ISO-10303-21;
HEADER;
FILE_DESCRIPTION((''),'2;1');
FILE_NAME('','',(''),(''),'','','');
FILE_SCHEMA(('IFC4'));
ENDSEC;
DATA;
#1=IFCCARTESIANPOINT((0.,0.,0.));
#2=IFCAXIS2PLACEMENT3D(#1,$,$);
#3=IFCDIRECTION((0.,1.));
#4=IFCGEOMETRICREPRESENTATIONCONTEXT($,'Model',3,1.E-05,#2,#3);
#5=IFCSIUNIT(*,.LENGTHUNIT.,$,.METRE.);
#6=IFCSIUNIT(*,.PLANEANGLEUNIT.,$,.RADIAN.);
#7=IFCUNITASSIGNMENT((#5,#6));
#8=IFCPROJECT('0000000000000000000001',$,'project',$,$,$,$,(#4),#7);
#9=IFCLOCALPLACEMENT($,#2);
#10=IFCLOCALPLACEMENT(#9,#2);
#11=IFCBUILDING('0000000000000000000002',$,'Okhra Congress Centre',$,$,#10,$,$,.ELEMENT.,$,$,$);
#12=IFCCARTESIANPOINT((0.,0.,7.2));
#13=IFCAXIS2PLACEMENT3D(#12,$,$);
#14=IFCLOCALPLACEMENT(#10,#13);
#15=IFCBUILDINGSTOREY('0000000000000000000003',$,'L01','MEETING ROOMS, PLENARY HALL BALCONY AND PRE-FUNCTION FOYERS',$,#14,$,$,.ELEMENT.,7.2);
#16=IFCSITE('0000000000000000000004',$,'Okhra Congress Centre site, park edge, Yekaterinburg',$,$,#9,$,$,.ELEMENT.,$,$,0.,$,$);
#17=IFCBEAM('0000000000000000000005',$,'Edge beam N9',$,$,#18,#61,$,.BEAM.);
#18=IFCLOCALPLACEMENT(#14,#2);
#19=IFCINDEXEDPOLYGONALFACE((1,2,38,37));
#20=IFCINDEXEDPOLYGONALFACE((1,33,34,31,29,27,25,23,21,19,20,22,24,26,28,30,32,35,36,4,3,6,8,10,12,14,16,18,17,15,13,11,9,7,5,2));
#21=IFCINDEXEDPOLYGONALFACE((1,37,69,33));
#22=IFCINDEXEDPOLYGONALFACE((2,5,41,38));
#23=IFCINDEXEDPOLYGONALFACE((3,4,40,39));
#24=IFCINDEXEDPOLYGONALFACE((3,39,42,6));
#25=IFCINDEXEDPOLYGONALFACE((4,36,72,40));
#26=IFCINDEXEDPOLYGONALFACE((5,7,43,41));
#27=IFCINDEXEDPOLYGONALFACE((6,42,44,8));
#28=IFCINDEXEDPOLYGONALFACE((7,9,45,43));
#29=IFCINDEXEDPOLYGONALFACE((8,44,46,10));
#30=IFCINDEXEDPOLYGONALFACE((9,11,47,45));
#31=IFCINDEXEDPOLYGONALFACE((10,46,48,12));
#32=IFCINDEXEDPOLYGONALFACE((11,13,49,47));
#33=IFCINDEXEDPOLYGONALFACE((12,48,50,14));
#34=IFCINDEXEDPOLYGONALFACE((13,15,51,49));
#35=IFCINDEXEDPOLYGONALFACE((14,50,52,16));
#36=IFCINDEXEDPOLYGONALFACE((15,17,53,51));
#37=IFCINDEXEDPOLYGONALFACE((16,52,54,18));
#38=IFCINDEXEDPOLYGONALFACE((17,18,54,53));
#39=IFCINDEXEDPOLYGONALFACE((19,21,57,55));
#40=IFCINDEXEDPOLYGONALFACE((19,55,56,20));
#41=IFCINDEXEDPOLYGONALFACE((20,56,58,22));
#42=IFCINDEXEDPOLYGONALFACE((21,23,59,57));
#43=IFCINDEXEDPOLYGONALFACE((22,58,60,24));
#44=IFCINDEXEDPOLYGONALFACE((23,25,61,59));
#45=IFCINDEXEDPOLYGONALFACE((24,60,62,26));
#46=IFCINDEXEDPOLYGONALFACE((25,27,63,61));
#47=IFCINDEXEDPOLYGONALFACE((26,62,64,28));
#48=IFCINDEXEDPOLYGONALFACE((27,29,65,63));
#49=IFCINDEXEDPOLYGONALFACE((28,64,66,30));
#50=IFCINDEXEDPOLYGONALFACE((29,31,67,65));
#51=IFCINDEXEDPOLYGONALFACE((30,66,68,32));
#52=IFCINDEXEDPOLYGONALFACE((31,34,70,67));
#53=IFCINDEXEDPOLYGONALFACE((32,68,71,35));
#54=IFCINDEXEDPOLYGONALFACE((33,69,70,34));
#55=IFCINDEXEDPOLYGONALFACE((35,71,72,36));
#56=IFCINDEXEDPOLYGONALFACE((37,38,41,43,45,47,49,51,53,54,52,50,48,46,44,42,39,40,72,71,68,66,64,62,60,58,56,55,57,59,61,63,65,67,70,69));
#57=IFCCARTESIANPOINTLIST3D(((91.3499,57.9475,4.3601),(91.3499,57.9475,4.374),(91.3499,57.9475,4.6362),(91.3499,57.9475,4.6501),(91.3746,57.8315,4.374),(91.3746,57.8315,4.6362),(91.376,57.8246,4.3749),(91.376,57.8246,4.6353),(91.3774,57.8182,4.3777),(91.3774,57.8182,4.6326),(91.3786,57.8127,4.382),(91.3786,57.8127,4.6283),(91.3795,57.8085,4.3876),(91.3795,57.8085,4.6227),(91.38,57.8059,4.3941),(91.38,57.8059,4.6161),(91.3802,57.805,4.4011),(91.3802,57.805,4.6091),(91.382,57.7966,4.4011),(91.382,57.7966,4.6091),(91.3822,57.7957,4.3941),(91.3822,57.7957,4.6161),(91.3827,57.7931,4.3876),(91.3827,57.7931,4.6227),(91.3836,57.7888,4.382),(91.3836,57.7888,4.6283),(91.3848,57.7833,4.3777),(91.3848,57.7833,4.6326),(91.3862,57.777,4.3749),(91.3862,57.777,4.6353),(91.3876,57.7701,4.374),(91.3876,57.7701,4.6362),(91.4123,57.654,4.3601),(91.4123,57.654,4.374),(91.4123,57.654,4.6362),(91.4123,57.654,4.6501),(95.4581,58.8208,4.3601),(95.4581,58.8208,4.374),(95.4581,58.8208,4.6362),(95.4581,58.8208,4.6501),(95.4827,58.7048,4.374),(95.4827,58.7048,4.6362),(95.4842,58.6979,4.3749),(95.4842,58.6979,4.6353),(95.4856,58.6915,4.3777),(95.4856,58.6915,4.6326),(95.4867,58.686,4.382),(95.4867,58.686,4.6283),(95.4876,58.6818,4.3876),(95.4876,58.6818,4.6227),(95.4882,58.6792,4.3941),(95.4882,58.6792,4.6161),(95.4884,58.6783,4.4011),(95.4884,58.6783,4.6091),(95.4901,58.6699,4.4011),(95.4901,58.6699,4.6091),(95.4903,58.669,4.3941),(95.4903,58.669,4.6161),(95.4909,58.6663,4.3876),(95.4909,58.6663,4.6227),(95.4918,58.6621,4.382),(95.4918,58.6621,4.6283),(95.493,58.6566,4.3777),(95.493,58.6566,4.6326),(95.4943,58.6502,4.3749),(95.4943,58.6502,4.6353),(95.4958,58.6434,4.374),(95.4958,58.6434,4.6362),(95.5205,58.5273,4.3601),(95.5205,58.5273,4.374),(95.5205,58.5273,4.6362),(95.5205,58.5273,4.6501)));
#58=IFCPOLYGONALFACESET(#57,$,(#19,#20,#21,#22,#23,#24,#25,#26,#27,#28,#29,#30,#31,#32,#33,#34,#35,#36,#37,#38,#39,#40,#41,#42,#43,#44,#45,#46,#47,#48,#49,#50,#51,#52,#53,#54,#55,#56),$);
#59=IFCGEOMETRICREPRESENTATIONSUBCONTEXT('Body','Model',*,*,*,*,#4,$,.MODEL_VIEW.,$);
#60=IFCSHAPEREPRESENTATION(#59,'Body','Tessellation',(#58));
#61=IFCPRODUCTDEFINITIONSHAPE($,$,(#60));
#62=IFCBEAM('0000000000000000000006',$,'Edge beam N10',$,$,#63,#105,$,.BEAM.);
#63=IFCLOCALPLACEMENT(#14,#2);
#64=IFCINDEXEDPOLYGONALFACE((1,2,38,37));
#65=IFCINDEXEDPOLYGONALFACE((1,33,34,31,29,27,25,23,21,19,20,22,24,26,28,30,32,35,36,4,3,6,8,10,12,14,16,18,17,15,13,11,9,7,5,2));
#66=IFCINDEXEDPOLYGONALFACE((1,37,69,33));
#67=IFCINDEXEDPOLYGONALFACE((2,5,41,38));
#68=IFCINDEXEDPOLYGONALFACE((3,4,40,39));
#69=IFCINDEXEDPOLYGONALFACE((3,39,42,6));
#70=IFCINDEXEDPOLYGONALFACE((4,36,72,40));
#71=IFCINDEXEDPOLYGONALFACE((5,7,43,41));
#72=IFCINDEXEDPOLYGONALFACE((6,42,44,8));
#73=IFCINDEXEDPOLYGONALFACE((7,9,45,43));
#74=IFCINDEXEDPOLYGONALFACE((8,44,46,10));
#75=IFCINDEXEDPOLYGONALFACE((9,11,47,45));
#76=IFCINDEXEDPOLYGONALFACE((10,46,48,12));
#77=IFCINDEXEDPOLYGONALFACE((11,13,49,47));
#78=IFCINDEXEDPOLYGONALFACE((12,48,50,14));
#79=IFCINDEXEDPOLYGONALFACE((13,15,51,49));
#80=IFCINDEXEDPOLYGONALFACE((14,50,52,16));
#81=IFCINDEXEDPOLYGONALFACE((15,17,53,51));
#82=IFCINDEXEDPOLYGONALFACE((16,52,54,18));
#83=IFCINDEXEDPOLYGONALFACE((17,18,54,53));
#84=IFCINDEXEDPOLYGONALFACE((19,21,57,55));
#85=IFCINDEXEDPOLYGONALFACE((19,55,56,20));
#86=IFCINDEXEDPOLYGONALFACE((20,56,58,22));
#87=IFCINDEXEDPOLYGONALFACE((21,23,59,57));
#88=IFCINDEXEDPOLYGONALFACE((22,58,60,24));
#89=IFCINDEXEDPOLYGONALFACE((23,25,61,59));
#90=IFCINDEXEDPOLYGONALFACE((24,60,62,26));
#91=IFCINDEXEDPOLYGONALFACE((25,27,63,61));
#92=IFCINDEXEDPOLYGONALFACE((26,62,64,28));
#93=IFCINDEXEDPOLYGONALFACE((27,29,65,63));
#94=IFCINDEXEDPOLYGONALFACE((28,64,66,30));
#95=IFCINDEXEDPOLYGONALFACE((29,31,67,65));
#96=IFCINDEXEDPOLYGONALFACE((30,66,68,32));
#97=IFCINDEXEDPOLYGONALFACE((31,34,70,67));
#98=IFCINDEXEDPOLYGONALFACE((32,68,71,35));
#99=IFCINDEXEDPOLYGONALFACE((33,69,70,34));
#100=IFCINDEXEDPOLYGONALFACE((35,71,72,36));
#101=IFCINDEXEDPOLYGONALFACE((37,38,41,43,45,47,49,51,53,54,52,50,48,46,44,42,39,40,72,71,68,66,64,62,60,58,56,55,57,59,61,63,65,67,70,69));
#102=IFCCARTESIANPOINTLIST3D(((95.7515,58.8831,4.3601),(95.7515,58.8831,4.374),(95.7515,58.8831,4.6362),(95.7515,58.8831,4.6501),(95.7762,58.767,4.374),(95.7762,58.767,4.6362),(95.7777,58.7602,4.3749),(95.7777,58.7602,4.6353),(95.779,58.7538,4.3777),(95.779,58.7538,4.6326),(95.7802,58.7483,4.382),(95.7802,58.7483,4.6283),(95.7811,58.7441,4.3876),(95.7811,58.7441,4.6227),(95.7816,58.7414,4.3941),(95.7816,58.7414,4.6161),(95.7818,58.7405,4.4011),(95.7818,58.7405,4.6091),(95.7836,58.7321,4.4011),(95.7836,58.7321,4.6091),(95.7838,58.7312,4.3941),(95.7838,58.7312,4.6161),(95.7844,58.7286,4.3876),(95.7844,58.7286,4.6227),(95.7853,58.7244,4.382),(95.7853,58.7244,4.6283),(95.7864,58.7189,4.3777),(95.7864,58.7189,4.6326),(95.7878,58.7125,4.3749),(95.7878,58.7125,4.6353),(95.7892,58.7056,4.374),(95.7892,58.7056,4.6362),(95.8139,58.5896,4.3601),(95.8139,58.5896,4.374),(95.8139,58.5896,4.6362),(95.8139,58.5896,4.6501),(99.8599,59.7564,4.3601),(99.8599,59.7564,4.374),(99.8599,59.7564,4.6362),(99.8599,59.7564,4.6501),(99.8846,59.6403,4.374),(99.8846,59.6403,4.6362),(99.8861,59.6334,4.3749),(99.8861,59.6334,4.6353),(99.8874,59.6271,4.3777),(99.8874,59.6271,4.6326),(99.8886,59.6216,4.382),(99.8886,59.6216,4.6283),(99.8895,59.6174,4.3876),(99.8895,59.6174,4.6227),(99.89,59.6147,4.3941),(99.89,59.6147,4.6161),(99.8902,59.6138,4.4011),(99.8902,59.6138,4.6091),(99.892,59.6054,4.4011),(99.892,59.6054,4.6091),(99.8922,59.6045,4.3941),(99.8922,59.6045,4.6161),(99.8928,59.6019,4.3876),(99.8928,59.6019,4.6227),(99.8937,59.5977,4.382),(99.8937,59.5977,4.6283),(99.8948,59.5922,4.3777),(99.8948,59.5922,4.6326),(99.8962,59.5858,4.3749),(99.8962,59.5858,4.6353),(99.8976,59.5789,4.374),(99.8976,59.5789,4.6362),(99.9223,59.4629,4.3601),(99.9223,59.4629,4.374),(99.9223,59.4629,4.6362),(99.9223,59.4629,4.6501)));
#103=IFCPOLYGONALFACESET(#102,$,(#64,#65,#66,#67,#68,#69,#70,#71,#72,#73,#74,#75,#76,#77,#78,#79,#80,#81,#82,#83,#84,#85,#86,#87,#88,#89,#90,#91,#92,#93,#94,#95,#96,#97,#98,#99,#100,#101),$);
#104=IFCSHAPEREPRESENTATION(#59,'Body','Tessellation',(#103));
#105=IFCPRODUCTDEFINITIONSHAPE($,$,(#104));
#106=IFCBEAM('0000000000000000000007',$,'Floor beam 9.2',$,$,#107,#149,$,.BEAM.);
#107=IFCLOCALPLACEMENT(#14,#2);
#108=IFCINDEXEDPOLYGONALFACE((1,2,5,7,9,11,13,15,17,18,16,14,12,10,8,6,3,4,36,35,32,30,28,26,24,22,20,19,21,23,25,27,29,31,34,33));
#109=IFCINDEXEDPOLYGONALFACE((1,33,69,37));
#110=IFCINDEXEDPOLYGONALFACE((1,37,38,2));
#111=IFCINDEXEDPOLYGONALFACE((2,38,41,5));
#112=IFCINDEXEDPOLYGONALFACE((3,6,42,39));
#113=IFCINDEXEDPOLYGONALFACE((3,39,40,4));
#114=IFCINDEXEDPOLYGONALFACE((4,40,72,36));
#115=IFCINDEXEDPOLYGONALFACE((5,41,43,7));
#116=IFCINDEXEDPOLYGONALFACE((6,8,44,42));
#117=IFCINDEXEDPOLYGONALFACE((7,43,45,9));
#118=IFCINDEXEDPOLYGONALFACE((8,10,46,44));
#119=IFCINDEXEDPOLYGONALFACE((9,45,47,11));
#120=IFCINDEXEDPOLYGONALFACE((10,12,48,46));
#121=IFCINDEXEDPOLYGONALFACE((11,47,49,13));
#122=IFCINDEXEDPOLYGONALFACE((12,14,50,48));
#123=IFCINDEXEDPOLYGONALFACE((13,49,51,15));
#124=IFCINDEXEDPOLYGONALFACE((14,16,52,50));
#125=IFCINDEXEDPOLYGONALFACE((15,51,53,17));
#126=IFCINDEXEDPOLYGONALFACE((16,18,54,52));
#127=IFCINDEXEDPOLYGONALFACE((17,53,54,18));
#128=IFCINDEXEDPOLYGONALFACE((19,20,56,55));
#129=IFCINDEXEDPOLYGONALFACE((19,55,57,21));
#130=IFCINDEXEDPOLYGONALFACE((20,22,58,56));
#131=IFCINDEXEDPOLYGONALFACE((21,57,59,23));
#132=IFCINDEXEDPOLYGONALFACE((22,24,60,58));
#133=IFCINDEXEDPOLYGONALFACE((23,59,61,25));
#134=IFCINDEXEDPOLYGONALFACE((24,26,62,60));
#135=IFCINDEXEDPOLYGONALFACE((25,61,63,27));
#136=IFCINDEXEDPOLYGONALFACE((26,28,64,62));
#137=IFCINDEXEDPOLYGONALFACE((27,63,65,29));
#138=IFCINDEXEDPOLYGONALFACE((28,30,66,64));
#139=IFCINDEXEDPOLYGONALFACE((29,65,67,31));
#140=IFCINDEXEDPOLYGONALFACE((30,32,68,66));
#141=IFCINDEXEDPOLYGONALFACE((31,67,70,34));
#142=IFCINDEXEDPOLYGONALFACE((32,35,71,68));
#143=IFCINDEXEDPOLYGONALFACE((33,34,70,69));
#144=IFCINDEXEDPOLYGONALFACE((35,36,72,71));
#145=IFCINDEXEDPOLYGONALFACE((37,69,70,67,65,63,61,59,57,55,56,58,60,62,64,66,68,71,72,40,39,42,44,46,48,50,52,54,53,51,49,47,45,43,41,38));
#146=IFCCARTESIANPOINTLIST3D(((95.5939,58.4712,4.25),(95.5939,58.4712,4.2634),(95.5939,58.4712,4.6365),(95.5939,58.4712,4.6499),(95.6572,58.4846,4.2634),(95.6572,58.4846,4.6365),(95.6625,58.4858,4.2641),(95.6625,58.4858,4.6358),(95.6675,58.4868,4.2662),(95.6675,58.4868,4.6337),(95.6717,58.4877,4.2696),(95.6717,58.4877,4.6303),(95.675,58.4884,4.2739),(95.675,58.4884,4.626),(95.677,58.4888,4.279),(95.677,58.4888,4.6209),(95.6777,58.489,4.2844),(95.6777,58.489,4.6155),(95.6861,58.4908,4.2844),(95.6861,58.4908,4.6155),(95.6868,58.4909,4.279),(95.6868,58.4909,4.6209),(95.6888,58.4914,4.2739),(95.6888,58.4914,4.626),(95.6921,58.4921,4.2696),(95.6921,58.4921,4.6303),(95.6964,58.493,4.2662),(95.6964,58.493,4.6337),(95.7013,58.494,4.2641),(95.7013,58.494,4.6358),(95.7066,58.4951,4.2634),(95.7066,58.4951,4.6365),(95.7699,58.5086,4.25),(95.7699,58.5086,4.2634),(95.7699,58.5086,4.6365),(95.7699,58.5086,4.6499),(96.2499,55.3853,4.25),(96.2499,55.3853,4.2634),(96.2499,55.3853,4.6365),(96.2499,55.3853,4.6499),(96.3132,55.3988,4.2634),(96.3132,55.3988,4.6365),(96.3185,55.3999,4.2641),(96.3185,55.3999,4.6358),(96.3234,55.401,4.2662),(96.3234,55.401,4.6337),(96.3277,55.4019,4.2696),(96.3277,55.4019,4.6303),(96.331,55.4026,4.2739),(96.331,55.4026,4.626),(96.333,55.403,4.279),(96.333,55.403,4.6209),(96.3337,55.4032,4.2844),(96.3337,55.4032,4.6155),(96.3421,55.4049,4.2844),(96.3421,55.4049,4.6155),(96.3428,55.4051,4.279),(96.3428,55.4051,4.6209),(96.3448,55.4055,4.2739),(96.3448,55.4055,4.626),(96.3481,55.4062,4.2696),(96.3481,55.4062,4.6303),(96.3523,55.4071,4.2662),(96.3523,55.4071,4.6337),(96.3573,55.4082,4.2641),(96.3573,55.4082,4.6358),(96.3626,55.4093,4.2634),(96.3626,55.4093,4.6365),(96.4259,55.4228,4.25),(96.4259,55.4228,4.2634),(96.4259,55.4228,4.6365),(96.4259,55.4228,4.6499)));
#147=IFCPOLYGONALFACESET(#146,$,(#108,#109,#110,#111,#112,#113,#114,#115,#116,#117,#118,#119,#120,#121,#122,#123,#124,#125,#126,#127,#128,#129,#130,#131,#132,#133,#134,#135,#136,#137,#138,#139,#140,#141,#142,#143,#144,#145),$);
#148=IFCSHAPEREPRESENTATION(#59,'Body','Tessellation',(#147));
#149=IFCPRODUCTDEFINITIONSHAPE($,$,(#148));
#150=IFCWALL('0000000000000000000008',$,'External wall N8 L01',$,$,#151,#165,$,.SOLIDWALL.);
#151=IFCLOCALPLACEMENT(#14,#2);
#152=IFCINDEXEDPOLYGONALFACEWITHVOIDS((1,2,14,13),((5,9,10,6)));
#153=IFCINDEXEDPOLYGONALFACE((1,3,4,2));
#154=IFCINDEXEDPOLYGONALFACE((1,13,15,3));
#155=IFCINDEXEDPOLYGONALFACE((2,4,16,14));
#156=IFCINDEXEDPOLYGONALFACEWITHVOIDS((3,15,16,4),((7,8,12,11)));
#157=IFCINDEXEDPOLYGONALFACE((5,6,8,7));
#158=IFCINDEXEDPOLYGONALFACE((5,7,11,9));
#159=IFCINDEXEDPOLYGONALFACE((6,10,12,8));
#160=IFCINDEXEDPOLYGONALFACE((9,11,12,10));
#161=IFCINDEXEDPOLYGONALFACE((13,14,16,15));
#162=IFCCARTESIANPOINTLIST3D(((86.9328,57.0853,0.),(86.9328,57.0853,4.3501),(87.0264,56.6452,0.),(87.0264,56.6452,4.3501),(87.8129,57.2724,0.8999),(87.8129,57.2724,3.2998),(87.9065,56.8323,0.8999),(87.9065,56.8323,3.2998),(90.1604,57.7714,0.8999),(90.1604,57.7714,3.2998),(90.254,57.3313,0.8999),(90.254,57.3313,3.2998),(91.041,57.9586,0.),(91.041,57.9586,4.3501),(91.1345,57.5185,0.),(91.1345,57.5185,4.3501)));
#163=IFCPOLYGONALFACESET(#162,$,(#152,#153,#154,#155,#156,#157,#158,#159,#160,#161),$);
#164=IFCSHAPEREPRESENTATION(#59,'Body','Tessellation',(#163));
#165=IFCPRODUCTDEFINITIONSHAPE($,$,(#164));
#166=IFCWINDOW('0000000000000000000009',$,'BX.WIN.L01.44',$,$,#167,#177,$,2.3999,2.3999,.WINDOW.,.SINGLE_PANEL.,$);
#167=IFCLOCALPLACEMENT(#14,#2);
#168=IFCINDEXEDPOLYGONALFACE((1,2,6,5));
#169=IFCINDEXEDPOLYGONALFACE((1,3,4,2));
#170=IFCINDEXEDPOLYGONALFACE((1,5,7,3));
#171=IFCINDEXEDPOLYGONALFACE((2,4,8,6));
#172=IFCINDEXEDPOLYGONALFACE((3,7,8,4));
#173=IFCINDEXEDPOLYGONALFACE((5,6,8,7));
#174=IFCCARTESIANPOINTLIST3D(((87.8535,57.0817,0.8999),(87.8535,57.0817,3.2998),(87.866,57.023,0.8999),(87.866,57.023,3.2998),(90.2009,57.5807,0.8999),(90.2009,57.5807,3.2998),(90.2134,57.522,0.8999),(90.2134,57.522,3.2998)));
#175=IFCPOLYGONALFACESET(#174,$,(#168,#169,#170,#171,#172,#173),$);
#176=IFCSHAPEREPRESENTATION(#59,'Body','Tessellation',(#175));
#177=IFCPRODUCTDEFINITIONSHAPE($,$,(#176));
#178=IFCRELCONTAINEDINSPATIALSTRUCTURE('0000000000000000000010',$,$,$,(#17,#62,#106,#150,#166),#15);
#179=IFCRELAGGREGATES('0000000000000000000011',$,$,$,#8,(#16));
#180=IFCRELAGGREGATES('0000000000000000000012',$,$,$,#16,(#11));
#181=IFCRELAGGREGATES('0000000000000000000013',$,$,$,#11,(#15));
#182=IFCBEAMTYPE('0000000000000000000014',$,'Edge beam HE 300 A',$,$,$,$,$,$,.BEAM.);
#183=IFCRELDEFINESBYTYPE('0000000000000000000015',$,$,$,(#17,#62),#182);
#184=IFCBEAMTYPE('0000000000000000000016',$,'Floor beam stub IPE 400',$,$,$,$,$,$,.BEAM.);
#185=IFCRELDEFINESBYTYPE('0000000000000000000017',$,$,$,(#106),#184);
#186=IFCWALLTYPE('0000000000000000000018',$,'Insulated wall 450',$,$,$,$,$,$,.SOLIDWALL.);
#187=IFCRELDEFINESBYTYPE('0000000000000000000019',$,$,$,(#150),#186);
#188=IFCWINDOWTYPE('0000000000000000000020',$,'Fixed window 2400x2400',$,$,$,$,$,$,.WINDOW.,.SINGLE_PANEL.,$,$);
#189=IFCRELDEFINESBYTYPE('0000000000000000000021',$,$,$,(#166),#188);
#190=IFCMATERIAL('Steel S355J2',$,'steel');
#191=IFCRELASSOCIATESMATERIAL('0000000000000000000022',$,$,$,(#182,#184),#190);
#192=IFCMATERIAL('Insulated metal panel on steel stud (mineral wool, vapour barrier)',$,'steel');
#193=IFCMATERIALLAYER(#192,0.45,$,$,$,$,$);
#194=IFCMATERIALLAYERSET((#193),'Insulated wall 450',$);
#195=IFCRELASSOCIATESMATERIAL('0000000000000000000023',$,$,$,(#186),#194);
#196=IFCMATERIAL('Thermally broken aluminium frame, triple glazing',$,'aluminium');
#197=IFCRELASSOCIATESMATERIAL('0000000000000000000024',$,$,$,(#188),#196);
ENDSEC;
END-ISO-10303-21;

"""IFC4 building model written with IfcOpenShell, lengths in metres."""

from ifc_helpers import new_model, si_unit, direction, frame, frame_2d, origin, origin_2d, place, context, subcontext, project, spatial, rectangle, i_section, extrude, material, layer, layer_set, material_profile, profile_set, type_object, element, fill, save


model = new_model("IFC4")

# Units and contexts
model_context = context("Model", 3, precision=1e-05, world=origin(), true_north=direction((0.0, 1.0)))
body_context = subcontext(model_context, "Body", "Model", "MODEL_VIEW")
ifc_project = project(units=[si_unit("LENGTHUNIT", "METRE"), si_unit("PLANEANGLEUNIT", "RADIAN")], contexts=[model_context])

# Site, building, storey
site_placement = place(None, origin())
site = spatial("IfcSite", under=ifc_project, at=site_placement, Name="Okhra Congress Centre site, park edge, Yekaterinburg", CompositionType="ELEMENT", RefElevation=0.0)
building_placement = place(site_placement, origin())
building = spatial("IfcBuilding", under=site, at=building_placement, Name="Okhra Congress Centre", CompositionType="ELEMENT")
storey_placement = place(building_placement, frame((0.0, 0.0, 7.2)))
storey = spatial("IfcBuildingStorey", under=building, at=storey_placement, Name="L01", Description="MEETING ROOMS, PLENARY HALL BALCONY AND PRE-FUNCTION FOYERS", CompositionType="ELEMENT", Elevation=7.2)

# Shared definitions
ifc_material_1 = material(Name="Steel S355J2", Category="steel")

# Beams
ifc_material_profile_1 = material_profile(ifc_material_1, i_section(OverallWidth=0.3, OverallDepth=0.29, WebThickness=0.0085, FlangeThickness=0.0139, FilletRadius=0.0271, at=origin_2d()), Name="HE 300 A")
ifc_profile_set_1 = profile_set([ifc_material_profile_1], Name="Steel S355J2")
beam_type_1 = type_object("IfcBeamType", Name="Edge beam HE 300 A", PredefinedType="BEAM", material=ifc_profile_set_1)
for number, where, z_axis, x_axis, name in (
    (1, (91.3811, 57.8008, 4.5051), (0.978144, 0.207929, 0.0), (-0.207929, 0.978144, 0.0), "Edge beam N9"),
):
    element("IfcBeam", number, at=place(storey_placement, frame(where, z_axis=z_axis, x_axis=x_axis)), inside=storey, type_object=beam_type_1, Name=name, PredefinedType="BEAM", context=body_context, shape_type="SweptSolid", body=[
        extrude(i_section(OverallWidth=0.3, OverallDepth=0.29, WebThickness=0.0085, FlangeThickness=0.0139, FilletRadius=0.0271, at=origin_2d()), origin(), (0.0, 0.0, 1.0), 4.2),
    ])
beam_1_placement = place(storey_placement, frame((95.7827, 58.7363, 4.5051), z_axis=(0.978146, 0.207917, 0.0), x_axis=(-0.207917, 0.978146, 0.0)))
element("IfcBeam", 2, at=beam_1_placement, inside=storey, type_object=beam_type_1, Name="Edge beam N10", PredefinedType="BEAM", context=body_context, shape_type="SweptSolid", body=[
    extrude(i_section(OverallWidth=0.3, OverallDepth=0.29, WebThickness=0.0085, FlangeThickness=0.0139, FilletRadius=0.0271, at=origin_2d()), origin(), (0.0, 0.0, 1.0), 4.2002),
])
ifc_material_profile_2 = material_profile(ifc_material_1, i_section(OverallWidth=0.1799, OverallDepth=0.3999, WebThickness=0.0085, FlangeThickness=0.0134, FilletRadius=0.021, at=origin_2d()), Name="IPE 400")
ifc_profile_set_2 = profile_set([ifc_material_profile_2], Name="Steel S355J2")
beam_type_2 = type_object("IfcBeamType", Name="Floor beam stub IPE 400", PredefinedType="BEAM", material=ifc_profile_set_2)
beam_2_placement = place(storey_placement, frame((96.3379, 55.4041, 4.45), z_axis=(-0.207933, 0.978143, 0.0), x_axis=(-0.978143, -0.207933, 0.0)))
element("IfcBeam", 3, at=beam_2_placement, inside=storey, type_object=beam_type_2, Name="Floor beam 9.2", PredefinedType="BEAM", context=body_context, shape_type="SweptSolid", body=[
    extrude(i_section(OverallWidth=0.1799, OverallDepth=0.3999, WebThickness=0.0085, FlangeThickness=0.0134, FilletRadius=0.021, at=origin_2d()), origin(), (0.0, 0.0, 1.0), 3.1548),
])

# Wall, opening, window
ifc_material_2 = material(Name="Insulated metal panel on steel stud (mineral wool, vapour barrier)", Category="steel")
ifc_layer_1 = layer(ifc_material_2, 0.45)
ifc_layer_set_1 = layer_set([ifc_layer_1], Name="Insulated wall 450")
wall_type_1 = type_object("IfcWallType", Name="Insulated wall 450", PredefinedType="SOLIDWALL", material=ifc_layer_set_1)
wall_1_placement = place(storey_placement, frame((86.9795, 56.8652, 0.0), z_axis=(0.0, 0.0, 1.0), x_axis=(0.978144, 0.207929, 0.0)))
wall_1 = element("IfcWall", 4, at=wall_1_placement, inside=storey, type_object=wall_type_1, Name="External wall N8 L01", PredefinedType="SOLIDWALL", context=body_context, shape_type="SweptSolid", body=[
    extrude(rectangle(XDim=4.2, YDim=0.45, at=frame_2d((2.1001, 0.0))), origin(), (0.0, 0.0, 1.0), 4.3501),
])
opening_1_placement = place(wall_1_placement, frame((0.8999, 0.0, 0.8999)))
opening_1 = element("IfcOpeningElement", 5, at=opening_1_placement, cuts=wall_1, PredefinedType="OPENING", context=body_context, shape_type="SweptSolid", body=[
    extrude(rectangle(XDim=2.3999, YDim=2.3999, at=frame_2d((1.2, 1.2))), frame((0.0, 0.2349, 0.0), z_axis=(0.0, -1.0, 0.0), x_axis=(1.0, 0.0, 0.0)), (0.0, 0.0, 1.0), 0.47),
])
ifc_material_3 = material(Name="Thermally broken aluminium frame, triple glazing", Category="aluminium")
window_type_1 = type_object("IfcWindowType", Name="Fixed window 2400x2400", PartitioningType="SINGLE_PANEL", PredefinedType="WINDOW", material=ifc_material_3)
window_1_placement = place(opening_1_placement, origin())
window_1 = element("IfcWindow", 6, at=window_1_placement, inside=storey, type_object=window_type_1, Name="BX.WIN.L01.44", OverallHeight=2.3999, OverallWidth=2.3999, PartitioningType="SINGLE_PANEL", PredefinedType="WINDOW", context=body_context, shape_type="SweptSolid", body=[
    extrude(rectangle(XDim=2.3999, YDim=2.3999, at=frame_2d((1.2, 1.2))), frame((0.0, 0.03, 0.0), z_axis=(0.0, -1.0, 0.0), x_axis=(1.0, 0.0, 0.0)), (0.0, 0.0, 1.0), 0.0601),
])
fill(opening_1, window_1)

save(model, "model.ifc")
